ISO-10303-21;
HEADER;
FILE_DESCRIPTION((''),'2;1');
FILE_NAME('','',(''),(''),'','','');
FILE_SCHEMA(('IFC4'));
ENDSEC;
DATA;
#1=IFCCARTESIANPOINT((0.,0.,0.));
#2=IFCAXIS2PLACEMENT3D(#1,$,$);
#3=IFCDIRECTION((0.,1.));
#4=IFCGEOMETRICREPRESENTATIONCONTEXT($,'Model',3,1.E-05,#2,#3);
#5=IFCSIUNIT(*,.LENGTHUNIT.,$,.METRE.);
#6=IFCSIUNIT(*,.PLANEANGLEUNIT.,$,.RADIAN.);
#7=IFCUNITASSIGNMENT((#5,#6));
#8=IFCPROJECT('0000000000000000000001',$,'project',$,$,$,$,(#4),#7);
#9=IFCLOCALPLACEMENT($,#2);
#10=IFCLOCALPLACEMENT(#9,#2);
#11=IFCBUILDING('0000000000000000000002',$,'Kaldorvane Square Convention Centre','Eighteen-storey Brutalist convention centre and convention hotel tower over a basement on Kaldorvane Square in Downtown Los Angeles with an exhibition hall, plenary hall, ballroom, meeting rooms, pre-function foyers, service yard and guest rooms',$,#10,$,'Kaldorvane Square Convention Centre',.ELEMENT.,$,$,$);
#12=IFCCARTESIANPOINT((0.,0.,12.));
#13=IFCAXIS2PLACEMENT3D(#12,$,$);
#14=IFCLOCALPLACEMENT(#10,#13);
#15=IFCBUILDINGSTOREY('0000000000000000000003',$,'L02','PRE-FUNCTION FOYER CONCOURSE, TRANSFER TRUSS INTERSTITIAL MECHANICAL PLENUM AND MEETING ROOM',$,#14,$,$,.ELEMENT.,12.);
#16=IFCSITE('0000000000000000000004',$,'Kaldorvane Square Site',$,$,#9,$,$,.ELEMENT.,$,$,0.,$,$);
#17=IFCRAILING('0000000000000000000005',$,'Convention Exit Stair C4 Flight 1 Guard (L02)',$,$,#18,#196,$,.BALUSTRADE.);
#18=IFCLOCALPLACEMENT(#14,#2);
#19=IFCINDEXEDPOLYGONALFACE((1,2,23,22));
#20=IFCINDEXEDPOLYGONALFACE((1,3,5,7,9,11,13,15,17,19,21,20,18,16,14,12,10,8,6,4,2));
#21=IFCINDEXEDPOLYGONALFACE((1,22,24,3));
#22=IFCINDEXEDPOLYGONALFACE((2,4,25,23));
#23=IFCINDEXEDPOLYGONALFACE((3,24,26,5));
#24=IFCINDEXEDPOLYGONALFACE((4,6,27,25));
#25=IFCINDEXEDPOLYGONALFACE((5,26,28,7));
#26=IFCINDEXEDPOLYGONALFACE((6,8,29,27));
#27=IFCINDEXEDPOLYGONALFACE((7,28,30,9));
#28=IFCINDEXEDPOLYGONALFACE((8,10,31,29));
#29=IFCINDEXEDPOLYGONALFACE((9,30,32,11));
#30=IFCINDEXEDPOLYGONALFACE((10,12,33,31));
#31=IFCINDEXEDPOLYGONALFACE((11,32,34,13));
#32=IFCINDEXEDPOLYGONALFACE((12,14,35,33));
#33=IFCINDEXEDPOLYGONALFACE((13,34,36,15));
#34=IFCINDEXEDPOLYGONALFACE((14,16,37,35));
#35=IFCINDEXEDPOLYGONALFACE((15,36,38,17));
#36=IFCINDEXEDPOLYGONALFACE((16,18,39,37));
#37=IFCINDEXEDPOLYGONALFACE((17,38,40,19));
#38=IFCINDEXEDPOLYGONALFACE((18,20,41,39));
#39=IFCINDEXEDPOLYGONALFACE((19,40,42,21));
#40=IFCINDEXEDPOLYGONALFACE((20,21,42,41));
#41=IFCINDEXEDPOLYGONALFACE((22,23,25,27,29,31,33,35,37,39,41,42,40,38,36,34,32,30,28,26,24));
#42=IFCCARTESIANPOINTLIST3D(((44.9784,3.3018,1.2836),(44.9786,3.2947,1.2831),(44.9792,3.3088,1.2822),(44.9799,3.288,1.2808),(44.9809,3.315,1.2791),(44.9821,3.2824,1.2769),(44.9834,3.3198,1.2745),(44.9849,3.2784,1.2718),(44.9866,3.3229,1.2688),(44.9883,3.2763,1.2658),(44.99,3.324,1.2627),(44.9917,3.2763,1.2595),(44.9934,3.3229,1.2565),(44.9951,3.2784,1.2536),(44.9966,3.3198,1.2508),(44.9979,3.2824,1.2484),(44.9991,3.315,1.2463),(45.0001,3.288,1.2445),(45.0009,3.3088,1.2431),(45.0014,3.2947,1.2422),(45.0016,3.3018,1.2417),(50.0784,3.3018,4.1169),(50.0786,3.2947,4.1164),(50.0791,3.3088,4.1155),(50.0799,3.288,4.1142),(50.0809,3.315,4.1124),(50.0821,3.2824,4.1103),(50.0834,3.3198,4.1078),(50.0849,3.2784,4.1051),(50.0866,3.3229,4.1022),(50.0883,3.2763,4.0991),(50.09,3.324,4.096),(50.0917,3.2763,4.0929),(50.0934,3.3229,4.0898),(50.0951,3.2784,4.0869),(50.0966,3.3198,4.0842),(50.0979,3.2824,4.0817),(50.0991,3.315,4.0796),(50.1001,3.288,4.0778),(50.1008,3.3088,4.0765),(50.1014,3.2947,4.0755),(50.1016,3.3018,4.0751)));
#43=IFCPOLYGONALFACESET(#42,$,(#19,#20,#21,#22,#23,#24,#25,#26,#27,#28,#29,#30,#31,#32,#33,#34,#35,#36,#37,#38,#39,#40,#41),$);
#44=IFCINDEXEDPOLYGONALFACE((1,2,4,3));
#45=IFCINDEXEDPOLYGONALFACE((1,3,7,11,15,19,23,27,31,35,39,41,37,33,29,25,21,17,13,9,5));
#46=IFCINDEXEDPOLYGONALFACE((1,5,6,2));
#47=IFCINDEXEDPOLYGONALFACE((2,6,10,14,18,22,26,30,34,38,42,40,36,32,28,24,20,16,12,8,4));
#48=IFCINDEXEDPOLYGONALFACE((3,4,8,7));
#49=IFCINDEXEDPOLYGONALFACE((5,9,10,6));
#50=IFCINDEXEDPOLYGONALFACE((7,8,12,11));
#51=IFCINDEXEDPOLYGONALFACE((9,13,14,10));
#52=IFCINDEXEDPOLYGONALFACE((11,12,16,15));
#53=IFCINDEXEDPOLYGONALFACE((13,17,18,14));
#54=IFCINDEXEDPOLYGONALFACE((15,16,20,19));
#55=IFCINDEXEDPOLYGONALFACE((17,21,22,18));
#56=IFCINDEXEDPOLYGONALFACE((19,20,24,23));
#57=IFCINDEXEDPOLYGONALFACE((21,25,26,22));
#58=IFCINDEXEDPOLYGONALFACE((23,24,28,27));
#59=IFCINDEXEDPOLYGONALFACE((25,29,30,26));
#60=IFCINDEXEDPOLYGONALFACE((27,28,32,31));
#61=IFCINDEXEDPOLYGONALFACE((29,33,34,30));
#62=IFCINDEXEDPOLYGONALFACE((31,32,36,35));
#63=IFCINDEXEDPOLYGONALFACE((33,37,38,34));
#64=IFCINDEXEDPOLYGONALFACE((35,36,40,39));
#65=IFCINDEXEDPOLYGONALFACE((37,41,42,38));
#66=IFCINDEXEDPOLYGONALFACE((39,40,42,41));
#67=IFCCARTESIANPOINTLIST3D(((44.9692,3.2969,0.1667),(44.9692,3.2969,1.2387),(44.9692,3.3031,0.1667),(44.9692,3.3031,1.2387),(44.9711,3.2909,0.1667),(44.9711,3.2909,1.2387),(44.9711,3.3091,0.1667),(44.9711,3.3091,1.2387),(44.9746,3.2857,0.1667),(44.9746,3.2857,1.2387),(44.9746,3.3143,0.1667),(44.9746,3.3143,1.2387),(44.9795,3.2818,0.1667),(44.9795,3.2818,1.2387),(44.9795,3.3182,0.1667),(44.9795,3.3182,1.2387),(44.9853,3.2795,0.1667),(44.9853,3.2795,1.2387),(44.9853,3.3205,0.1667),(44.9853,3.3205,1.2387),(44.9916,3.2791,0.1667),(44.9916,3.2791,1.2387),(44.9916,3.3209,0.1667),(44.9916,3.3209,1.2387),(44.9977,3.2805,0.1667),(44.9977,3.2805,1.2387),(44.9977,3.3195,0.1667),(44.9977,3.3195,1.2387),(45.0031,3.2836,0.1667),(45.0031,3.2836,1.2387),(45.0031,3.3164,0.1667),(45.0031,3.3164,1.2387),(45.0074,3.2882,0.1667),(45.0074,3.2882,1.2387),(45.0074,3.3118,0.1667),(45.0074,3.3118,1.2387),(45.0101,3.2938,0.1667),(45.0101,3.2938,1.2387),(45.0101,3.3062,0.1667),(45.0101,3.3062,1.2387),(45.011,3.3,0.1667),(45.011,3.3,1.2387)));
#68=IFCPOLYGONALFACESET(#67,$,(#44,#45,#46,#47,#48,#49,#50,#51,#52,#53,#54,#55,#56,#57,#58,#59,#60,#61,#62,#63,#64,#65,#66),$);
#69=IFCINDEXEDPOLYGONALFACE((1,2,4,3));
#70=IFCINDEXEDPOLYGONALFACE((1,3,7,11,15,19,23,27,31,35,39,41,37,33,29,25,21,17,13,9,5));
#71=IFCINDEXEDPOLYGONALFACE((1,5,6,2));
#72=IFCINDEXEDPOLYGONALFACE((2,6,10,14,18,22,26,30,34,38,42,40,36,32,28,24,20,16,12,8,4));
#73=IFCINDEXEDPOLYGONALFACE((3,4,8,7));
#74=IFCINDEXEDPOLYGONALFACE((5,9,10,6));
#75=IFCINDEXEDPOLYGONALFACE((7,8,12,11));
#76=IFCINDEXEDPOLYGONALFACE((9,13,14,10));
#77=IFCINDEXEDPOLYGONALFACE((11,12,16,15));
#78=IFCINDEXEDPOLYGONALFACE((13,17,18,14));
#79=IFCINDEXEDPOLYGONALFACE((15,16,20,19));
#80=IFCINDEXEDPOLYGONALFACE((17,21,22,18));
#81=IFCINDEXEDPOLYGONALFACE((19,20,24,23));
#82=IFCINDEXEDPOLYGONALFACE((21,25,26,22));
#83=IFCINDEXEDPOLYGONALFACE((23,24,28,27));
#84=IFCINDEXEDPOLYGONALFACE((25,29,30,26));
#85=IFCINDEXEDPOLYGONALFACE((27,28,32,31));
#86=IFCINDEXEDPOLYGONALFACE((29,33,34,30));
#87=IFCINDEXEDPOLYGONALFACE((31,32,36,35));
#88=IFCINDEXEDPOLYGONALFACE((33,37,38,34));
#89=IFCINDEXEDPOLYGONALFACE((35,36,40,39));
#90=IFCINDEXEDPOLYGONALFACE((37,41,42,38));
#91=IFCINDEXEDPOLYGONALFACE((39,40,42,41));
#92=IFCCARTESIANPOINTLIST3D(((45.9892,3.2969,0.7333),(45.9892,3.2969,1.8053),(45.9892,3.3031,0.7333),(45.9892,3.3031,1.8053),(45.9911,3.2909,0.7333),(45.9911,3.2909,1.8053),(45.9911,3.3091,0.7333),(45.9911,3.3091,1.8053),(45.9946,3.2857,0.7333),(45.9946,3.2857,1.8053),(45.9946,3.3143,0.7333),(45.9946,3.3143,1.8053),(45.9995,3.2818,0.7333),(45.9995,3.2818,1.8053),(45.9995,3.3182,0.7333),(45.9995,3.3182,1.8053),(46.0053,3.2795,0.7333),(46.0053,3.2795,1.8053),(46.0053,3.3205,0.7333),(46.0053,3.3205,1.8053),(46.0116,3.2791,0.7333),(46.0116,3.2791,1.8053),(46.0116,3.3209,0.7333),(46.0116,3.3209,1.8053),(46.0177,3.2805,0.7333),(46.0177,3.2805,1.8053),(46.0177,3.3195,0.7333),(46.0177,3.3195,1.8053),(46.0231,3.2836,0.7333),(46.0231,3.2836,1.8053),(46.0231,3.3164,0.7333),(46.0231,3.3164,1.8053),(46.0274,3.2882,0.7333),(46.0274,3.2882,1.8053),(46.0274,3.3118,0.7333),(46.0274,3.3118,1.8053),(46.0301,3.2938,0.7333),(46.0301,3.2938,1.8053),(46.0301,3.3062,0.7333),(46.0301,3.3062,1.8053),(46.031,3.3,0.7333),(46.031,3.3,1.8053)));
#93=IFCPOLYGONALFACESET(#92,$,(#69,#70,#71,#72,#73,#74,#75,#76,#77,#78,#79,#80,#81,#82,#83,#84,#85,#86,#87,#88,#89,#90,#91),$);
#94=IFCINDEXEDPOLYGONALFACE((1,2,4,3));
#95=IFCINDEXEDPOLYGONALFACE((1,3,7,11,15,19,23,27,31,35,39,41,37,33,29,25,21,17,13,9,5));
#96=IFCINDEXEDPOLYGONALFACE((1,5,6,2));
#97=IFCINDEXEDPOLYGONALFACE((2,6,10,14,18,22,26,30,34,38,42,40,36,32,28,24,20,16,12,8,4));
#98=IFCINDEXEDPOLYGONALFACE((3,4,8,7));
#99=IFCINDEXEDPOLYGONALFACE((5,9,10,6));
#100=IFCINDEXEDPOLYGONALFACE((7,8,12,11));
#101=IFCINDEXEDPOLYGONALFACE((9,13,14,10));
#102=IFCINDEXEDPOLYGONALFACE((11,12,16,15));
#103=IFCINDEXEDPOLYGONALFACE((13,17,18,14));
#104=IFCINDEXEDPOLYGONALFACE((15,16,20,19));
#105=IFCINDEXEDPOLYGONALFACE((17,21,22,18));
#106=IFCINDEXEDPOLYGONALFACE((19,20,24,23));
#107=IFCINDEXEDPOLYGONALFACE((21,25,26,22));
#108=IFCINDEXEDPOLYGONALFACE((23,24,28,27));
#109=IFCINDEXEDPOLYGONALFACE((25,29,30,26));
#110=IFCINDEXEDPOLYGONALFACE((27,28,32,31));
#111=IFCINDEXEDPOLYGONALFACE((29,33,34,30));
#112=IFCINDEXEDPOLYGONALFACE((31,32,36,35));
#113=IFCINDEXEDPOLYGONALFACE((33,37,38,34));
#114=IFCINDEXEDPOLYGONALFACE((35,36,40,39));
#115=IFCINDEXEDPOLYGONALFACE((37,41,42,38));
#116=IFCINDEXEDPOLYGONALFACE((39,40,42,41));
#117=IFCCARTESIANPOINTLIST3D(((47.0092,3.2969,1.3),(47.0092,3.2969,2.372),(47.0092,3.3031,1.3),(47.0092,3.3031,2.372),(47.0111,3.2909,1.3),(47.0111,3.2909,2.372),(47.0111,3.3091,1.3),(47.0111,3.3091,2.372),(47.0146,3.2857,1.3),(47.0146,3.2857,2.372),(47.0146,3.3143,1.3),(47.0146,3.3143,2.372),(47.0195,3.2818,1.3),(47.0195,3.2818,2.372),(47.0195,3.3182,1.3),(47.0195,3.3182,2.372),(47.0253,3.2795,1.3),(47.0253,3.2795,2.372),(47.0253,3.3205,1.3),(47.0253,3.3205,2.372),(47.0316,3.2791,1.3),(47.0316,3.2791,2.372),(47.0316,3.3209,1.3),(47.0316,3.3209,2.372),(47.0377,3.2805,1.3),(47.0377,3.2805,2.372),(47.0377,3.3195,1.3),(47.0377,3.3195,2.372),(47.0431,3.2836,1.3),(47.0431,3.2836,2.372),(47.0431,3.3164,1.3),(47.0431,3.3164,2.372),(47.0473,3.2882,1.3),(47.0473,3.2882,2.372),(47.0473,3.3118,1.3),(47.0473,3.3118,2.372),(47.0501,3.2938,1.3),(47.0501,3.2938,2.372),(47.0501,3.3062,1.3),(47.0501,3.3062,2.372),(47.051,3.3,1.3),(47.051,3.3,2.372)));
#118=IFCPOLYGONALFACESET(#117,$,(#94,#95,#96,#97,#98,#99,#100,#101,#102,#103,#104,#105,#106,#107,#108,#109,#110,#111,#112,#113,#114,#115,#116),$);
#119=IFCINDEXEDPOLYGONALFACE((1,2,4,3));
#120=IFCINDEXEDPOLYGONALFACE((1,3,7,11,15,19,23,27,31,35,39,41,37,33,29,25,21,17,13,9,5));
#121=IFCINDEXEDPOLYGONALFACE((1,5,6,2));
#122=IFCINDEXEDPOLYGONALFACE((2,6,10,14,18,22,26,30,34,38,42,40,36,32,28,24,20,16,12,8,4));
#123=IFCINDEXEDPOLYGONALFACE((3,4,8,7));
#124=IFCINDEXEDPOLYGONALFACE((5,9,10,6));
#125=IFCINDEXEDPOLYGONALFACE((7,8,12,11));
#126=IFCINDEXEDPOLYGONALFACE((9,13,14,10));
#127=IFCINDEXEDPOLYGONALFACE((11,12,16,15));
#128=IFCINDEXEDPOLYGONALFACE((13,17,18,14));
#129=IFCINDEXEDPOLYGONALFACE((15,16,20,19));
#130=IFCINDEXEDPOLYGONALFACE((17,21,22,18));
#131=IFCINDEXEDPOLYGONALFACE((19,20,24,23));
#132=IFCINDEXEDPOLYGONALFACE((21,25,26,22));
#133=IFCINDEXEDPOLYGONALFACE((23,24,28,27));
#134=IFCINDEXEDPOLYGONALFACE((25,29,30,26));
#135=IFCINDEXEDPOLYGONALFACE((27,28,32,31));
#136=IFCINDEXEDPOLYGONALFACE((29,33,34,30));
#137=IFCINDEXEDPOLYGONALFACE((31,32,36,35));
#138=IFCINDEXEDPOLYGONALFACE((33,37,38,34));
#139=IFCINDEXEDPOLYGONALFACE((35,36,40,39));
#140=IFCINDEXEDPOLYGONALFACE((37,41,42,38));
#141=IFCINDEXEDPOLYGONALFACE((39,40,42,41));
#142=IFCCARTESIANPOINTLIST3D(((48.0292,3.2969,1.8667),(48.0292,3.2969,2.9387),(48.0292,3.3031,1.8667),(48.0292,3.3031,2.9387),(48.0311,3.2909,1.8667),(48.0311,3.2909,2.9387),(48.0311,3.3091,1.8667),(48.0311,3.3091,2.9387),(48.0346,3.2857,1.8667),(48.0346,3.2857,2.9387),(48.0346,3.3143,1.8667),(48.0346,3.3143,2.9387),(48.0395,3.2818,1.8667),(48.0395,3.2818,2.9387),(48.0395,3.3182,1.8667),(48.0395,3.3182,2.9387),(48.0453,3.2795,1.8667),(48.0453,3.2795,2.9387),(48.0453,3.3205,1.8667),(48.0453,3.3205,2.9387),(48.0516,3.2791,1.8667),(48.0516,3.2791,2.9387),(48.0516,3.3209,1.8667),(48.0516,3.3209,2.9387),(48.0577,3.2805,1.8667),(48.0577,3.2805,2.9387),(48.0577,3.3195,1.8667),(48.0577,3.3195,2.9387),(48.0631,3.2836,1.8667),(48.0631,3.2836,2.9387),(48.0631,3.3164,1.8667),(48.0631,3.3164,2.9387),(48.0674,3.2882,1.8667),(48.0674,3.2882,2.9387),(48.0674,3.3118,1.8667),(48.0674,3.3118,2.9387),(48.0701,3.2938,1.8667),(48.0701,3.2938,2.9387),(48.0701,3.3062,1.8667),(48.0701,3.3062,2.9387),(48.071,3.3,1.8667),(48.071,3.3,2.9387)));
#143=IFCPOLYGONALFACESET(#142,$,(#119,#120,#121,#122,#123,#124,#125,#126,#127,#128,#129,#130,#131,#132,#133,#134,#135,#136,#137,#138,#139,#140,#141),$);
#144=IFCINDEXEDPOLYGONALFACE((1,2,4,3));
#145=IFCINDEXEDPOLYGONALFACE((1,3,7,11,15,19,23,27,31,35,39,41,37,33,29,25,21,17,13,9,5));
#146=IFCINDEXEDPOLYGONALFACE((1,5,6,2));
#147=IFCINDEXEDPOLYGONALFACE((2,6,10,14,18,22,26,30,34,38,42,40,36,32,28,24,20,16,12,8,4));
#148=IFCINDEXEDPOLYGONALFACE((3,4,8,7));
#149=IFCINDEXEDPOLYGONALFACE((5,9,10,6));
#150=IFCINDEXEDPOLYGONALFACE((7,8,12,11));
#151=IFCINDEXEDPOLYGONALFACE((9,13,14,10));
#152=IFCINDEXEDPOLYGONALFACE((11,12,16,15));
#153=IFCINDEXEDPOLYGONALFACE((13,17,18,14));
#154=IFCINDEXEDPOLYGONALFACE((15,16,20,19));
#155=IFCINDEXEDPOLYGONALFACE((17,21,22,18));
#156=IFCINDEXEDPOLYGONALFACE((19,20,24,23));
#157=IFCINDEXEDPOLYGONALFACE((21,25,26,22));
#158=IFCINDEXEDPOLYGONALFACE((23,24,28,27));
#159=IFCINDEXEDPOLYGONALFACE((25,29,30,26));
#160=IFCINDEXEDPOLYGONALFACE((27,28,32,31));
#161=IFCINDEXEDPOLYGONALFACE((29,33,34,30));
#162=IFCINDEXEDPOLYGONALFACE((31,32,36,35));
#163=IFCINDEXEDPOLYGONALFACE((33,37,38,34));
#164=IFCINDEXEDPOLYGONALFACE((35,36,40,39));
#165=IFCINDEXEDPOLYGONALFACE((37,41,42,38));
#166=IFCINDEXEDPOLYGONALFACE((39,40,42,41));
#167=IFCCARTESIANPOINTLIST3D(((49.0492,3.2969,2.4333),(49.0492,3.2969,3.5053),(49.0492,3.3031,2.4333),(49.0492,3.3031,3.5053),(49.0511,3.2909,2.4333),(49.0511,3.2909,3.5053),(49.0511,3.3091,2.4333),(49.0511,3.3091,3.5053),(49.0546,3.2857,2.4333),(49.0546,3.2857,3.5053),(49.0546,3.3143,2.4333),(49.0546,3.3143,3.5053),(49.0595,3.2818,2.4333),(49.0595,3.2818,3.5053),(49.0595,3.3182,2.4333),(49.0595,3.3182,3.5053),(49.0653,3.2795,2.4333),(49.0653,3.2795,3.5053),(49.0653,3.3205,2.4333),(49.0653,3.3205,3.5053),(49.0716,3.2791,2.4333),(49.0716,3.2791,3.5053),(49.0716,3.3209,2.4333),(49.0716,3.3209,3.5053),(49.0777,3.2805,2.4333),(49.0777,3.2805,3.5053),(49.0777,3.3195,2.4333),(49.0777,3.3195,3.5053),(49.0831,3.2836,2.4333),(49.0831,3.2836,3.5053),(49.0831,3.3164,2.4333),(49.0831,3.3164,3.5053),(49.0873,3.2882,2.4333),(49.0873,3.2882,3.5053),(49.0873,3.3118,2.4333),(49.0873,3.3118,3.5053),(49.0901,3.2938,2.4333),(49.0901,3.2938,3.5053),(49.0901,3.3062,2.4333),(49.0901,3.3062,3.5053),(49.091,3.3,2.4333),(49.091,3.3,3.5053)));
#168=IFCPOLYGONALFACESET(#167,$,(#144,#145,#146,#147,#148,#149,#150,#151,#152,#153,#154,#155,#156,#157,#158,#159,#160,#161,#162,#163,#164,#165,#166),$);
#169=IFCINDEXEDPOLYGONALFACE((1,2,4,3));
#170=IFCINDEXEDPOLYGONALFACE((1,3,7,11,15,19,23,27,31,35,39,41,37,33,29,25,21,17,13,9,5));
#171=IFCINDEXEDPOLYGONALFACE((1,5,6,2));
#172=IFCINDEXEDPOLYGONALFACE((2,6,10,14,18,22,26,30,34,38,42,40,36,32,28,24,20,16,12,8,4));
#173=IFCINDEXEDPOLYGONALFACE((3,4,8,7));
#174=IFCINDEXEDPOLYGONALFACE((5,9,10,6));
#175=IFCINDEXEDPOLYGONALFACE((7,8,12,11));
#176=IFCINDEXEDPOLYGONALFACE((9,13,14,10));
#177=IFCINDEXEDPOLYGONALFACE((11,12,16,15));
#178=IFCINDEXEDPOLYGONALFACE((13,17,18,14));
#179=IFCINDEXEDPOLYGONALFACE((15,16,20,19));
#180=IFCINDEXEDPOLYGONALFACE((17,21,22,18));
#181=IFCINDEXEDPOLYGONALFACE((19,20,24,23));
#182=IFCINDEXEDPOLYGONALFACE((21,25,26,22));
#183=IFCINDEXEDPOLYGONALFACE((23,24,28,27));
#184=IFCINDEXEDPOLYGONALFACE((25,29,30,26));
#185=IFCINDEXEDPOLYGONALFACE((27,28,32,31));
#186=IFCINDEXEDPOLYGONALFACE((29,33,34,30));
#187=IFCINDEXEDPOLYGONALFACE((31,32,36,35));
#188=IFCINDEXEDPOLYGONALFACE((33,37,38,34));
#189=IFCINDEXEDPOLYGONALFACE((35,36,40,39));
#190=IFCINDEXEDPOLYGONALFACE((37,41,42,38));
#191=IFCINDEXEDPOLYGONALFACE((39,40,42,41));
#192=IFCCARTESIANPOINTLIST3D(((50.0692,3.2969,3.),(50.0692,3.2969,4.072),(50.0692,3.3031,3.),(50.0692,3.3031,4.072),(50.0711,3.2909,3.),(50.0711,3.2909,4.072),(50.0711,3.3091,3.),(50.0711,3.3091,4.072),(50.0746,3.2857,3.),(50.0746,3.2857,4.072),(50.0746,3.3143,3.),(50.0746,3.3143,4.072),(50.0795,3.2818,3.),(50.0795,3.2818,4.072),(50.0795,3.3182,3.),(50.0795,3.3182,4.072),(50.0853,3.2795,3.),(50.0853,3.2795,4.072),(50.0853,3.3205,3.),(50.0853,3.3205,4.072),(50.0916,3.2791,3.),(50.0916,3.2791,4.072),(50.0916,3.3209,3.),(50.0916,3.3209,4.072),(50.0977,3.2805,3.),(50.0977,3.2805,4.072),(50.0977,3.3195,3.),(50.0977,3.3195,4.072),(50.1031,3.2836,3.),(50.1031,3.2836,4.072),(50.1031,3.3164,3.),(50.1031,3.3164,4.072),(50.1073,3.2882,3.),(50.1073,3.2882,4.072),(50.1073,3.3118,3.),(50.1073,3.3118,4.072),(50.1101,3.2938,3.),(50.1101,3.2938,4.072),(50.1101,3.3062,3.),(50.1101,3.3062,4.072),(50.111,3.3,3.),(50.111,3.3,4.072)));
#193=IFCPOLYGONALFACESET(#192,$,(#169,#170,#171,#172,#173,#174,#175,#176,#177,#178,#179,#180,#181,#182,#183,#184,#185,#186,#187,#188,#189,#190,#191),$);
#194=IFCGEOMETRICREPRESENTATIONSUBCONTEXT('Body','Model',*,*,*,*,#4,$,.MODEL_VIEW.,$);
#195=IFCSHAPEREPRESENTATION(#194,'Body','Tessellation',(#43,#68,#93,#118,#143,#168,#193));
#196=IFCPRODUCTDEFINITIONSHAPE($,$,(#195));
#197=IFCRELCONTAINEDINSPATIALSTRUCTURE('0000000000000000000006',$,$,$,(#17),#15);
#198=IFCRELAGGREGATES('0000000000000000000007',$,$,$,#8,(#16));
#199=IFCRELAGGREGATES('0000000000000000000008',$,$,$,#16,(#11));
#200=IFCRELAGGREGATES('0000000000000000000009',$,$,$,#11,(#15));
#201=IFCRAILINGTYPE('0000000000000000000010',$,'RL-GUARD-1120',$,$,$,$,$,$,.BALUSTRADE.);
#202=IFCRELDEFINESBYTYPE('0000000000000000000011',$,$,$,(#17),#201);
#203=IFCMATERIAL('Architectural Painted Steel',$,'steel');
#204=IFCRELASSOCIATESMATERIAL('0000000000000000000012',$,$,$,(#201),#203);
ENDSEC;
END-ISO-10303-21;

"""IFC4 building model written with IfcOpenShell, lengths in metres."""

from ifc_helpers import new_model, si_unit, direction, frame, origin, origin_2d, place, context, subcontext, project, spatial, circle, extrude, material, type_object, element, save


model = new_model("IFC4")

# Units and contexts
model_context = context("Model", 3, precision=1e-05, world=origin(), true_north=direction((0.0, 1.0)))
body_context = subcontext(model_context, "Body", "Model", "MODEL_VIEW")
ifc_project = project(units=[si_unit("LENGTHUNIT", "METRE"), si_unit("PLANEANGLEUNIT", "RADIAN")], contexts=[model_context])

# Site, building, storey
site_placement = place(None, origin())
site = spatial("IfcSite", under=ifc_project, at=site_placement, Name="Kaldorvane Square Site", CompositionType="ELEMENT", RefElevation=0.0)
building_placement = place(site_placement, origin())
building = spatial("IfcBuilding", under=site, at=building_placement, Name="Kaldorvane Square Convention Centre", Description="Eighteen-storey Brutalist convention centre and convention hotel tower over a basement on Kaldorvane Square in Downtown Los Angeles with an exhibition hall, plenary hall, ballroom, meeting rooms, pre-function foyers, service yard and guest rooms", LongName="Kaldorvane Square Convention Centre", CompositionType="ELEMENT")
storey_placement = place(building_placement, frame((0.0, 0.0, 12.0)))
storey = spatial("IfcBuildingStorey", under=building, at=storey_placement, Name="L02", Description="PRE-FUNCTION FOYER CONCOURSE, TRANSFER TRUSS INTERSTITIAL MECHANICAL PLENUM AND MEETING ROOM", CompositionType="ELEMENT", Elevation=12.0)

# Railing
ifc_material_1 = material(Name="Architectural Painted Steel", Category="steel")
railing_type_1 = type_object("IfcRailingType", Name="RL-GUARD-1120", PredefinedType="BALUSTRADE", material=ifc_material_1)
railing_1_placement = place(storey_placement, frame((44.99, 3.3, 0.1667)))
element("IfcRailing", 1, at=railing_1_placement, inside=storey, type_object=railing_type_1, Name="Convention Exit Stair C4 Flight 1 Guard (L02)", PredefinedType="BALUSTRADE", context=body_context, shape_type="SweptSolid", body=[
    extrude(circle(Radius=0.024, at=origin_2d()), frame((0.0, 0.0, 1.096), z_axis=(0.874157, 0.0, 0.485643), x_axis=(0.0, 1.0, 0.0)), (0.0, 0.0, 1.0), 5.8342),
    extrude(circle(Radius=0.021, at=origin_2d()), origin(), (0.0, 0.0, 1.0), 1.072),
    extrude(circle(Radius=0.021, at=origin_2d()), frame((1.02, 0.0, 0.5667)), (0.0, 0.0, 1.0), 1.072),
    extrude(circle(Radius=0.021, at=origin_2d()), frame((2.04, 0.0, 1.1333)), (0.0, 0.0, 1.0), 1.072),
    extrude(circle(Radius=0.021, at=origin_2d()), frame((3.06, 0.0, 1.7)), (0.0, 0.0, 1.0), 1.072),
    extrude(circle(Radius=0.021, at=origin_2d()), frame((4.08, 0.0, 2.2667)), (0.0, 0.0, 1.0), 1.072),
    extrude(circle(Radius=0.021, at=origin_2d()), frame((5.1, 0.0, 2.8333)), (0.0, 0.0, 1.0), 1.072),
])

save(model, "model.ifc")
